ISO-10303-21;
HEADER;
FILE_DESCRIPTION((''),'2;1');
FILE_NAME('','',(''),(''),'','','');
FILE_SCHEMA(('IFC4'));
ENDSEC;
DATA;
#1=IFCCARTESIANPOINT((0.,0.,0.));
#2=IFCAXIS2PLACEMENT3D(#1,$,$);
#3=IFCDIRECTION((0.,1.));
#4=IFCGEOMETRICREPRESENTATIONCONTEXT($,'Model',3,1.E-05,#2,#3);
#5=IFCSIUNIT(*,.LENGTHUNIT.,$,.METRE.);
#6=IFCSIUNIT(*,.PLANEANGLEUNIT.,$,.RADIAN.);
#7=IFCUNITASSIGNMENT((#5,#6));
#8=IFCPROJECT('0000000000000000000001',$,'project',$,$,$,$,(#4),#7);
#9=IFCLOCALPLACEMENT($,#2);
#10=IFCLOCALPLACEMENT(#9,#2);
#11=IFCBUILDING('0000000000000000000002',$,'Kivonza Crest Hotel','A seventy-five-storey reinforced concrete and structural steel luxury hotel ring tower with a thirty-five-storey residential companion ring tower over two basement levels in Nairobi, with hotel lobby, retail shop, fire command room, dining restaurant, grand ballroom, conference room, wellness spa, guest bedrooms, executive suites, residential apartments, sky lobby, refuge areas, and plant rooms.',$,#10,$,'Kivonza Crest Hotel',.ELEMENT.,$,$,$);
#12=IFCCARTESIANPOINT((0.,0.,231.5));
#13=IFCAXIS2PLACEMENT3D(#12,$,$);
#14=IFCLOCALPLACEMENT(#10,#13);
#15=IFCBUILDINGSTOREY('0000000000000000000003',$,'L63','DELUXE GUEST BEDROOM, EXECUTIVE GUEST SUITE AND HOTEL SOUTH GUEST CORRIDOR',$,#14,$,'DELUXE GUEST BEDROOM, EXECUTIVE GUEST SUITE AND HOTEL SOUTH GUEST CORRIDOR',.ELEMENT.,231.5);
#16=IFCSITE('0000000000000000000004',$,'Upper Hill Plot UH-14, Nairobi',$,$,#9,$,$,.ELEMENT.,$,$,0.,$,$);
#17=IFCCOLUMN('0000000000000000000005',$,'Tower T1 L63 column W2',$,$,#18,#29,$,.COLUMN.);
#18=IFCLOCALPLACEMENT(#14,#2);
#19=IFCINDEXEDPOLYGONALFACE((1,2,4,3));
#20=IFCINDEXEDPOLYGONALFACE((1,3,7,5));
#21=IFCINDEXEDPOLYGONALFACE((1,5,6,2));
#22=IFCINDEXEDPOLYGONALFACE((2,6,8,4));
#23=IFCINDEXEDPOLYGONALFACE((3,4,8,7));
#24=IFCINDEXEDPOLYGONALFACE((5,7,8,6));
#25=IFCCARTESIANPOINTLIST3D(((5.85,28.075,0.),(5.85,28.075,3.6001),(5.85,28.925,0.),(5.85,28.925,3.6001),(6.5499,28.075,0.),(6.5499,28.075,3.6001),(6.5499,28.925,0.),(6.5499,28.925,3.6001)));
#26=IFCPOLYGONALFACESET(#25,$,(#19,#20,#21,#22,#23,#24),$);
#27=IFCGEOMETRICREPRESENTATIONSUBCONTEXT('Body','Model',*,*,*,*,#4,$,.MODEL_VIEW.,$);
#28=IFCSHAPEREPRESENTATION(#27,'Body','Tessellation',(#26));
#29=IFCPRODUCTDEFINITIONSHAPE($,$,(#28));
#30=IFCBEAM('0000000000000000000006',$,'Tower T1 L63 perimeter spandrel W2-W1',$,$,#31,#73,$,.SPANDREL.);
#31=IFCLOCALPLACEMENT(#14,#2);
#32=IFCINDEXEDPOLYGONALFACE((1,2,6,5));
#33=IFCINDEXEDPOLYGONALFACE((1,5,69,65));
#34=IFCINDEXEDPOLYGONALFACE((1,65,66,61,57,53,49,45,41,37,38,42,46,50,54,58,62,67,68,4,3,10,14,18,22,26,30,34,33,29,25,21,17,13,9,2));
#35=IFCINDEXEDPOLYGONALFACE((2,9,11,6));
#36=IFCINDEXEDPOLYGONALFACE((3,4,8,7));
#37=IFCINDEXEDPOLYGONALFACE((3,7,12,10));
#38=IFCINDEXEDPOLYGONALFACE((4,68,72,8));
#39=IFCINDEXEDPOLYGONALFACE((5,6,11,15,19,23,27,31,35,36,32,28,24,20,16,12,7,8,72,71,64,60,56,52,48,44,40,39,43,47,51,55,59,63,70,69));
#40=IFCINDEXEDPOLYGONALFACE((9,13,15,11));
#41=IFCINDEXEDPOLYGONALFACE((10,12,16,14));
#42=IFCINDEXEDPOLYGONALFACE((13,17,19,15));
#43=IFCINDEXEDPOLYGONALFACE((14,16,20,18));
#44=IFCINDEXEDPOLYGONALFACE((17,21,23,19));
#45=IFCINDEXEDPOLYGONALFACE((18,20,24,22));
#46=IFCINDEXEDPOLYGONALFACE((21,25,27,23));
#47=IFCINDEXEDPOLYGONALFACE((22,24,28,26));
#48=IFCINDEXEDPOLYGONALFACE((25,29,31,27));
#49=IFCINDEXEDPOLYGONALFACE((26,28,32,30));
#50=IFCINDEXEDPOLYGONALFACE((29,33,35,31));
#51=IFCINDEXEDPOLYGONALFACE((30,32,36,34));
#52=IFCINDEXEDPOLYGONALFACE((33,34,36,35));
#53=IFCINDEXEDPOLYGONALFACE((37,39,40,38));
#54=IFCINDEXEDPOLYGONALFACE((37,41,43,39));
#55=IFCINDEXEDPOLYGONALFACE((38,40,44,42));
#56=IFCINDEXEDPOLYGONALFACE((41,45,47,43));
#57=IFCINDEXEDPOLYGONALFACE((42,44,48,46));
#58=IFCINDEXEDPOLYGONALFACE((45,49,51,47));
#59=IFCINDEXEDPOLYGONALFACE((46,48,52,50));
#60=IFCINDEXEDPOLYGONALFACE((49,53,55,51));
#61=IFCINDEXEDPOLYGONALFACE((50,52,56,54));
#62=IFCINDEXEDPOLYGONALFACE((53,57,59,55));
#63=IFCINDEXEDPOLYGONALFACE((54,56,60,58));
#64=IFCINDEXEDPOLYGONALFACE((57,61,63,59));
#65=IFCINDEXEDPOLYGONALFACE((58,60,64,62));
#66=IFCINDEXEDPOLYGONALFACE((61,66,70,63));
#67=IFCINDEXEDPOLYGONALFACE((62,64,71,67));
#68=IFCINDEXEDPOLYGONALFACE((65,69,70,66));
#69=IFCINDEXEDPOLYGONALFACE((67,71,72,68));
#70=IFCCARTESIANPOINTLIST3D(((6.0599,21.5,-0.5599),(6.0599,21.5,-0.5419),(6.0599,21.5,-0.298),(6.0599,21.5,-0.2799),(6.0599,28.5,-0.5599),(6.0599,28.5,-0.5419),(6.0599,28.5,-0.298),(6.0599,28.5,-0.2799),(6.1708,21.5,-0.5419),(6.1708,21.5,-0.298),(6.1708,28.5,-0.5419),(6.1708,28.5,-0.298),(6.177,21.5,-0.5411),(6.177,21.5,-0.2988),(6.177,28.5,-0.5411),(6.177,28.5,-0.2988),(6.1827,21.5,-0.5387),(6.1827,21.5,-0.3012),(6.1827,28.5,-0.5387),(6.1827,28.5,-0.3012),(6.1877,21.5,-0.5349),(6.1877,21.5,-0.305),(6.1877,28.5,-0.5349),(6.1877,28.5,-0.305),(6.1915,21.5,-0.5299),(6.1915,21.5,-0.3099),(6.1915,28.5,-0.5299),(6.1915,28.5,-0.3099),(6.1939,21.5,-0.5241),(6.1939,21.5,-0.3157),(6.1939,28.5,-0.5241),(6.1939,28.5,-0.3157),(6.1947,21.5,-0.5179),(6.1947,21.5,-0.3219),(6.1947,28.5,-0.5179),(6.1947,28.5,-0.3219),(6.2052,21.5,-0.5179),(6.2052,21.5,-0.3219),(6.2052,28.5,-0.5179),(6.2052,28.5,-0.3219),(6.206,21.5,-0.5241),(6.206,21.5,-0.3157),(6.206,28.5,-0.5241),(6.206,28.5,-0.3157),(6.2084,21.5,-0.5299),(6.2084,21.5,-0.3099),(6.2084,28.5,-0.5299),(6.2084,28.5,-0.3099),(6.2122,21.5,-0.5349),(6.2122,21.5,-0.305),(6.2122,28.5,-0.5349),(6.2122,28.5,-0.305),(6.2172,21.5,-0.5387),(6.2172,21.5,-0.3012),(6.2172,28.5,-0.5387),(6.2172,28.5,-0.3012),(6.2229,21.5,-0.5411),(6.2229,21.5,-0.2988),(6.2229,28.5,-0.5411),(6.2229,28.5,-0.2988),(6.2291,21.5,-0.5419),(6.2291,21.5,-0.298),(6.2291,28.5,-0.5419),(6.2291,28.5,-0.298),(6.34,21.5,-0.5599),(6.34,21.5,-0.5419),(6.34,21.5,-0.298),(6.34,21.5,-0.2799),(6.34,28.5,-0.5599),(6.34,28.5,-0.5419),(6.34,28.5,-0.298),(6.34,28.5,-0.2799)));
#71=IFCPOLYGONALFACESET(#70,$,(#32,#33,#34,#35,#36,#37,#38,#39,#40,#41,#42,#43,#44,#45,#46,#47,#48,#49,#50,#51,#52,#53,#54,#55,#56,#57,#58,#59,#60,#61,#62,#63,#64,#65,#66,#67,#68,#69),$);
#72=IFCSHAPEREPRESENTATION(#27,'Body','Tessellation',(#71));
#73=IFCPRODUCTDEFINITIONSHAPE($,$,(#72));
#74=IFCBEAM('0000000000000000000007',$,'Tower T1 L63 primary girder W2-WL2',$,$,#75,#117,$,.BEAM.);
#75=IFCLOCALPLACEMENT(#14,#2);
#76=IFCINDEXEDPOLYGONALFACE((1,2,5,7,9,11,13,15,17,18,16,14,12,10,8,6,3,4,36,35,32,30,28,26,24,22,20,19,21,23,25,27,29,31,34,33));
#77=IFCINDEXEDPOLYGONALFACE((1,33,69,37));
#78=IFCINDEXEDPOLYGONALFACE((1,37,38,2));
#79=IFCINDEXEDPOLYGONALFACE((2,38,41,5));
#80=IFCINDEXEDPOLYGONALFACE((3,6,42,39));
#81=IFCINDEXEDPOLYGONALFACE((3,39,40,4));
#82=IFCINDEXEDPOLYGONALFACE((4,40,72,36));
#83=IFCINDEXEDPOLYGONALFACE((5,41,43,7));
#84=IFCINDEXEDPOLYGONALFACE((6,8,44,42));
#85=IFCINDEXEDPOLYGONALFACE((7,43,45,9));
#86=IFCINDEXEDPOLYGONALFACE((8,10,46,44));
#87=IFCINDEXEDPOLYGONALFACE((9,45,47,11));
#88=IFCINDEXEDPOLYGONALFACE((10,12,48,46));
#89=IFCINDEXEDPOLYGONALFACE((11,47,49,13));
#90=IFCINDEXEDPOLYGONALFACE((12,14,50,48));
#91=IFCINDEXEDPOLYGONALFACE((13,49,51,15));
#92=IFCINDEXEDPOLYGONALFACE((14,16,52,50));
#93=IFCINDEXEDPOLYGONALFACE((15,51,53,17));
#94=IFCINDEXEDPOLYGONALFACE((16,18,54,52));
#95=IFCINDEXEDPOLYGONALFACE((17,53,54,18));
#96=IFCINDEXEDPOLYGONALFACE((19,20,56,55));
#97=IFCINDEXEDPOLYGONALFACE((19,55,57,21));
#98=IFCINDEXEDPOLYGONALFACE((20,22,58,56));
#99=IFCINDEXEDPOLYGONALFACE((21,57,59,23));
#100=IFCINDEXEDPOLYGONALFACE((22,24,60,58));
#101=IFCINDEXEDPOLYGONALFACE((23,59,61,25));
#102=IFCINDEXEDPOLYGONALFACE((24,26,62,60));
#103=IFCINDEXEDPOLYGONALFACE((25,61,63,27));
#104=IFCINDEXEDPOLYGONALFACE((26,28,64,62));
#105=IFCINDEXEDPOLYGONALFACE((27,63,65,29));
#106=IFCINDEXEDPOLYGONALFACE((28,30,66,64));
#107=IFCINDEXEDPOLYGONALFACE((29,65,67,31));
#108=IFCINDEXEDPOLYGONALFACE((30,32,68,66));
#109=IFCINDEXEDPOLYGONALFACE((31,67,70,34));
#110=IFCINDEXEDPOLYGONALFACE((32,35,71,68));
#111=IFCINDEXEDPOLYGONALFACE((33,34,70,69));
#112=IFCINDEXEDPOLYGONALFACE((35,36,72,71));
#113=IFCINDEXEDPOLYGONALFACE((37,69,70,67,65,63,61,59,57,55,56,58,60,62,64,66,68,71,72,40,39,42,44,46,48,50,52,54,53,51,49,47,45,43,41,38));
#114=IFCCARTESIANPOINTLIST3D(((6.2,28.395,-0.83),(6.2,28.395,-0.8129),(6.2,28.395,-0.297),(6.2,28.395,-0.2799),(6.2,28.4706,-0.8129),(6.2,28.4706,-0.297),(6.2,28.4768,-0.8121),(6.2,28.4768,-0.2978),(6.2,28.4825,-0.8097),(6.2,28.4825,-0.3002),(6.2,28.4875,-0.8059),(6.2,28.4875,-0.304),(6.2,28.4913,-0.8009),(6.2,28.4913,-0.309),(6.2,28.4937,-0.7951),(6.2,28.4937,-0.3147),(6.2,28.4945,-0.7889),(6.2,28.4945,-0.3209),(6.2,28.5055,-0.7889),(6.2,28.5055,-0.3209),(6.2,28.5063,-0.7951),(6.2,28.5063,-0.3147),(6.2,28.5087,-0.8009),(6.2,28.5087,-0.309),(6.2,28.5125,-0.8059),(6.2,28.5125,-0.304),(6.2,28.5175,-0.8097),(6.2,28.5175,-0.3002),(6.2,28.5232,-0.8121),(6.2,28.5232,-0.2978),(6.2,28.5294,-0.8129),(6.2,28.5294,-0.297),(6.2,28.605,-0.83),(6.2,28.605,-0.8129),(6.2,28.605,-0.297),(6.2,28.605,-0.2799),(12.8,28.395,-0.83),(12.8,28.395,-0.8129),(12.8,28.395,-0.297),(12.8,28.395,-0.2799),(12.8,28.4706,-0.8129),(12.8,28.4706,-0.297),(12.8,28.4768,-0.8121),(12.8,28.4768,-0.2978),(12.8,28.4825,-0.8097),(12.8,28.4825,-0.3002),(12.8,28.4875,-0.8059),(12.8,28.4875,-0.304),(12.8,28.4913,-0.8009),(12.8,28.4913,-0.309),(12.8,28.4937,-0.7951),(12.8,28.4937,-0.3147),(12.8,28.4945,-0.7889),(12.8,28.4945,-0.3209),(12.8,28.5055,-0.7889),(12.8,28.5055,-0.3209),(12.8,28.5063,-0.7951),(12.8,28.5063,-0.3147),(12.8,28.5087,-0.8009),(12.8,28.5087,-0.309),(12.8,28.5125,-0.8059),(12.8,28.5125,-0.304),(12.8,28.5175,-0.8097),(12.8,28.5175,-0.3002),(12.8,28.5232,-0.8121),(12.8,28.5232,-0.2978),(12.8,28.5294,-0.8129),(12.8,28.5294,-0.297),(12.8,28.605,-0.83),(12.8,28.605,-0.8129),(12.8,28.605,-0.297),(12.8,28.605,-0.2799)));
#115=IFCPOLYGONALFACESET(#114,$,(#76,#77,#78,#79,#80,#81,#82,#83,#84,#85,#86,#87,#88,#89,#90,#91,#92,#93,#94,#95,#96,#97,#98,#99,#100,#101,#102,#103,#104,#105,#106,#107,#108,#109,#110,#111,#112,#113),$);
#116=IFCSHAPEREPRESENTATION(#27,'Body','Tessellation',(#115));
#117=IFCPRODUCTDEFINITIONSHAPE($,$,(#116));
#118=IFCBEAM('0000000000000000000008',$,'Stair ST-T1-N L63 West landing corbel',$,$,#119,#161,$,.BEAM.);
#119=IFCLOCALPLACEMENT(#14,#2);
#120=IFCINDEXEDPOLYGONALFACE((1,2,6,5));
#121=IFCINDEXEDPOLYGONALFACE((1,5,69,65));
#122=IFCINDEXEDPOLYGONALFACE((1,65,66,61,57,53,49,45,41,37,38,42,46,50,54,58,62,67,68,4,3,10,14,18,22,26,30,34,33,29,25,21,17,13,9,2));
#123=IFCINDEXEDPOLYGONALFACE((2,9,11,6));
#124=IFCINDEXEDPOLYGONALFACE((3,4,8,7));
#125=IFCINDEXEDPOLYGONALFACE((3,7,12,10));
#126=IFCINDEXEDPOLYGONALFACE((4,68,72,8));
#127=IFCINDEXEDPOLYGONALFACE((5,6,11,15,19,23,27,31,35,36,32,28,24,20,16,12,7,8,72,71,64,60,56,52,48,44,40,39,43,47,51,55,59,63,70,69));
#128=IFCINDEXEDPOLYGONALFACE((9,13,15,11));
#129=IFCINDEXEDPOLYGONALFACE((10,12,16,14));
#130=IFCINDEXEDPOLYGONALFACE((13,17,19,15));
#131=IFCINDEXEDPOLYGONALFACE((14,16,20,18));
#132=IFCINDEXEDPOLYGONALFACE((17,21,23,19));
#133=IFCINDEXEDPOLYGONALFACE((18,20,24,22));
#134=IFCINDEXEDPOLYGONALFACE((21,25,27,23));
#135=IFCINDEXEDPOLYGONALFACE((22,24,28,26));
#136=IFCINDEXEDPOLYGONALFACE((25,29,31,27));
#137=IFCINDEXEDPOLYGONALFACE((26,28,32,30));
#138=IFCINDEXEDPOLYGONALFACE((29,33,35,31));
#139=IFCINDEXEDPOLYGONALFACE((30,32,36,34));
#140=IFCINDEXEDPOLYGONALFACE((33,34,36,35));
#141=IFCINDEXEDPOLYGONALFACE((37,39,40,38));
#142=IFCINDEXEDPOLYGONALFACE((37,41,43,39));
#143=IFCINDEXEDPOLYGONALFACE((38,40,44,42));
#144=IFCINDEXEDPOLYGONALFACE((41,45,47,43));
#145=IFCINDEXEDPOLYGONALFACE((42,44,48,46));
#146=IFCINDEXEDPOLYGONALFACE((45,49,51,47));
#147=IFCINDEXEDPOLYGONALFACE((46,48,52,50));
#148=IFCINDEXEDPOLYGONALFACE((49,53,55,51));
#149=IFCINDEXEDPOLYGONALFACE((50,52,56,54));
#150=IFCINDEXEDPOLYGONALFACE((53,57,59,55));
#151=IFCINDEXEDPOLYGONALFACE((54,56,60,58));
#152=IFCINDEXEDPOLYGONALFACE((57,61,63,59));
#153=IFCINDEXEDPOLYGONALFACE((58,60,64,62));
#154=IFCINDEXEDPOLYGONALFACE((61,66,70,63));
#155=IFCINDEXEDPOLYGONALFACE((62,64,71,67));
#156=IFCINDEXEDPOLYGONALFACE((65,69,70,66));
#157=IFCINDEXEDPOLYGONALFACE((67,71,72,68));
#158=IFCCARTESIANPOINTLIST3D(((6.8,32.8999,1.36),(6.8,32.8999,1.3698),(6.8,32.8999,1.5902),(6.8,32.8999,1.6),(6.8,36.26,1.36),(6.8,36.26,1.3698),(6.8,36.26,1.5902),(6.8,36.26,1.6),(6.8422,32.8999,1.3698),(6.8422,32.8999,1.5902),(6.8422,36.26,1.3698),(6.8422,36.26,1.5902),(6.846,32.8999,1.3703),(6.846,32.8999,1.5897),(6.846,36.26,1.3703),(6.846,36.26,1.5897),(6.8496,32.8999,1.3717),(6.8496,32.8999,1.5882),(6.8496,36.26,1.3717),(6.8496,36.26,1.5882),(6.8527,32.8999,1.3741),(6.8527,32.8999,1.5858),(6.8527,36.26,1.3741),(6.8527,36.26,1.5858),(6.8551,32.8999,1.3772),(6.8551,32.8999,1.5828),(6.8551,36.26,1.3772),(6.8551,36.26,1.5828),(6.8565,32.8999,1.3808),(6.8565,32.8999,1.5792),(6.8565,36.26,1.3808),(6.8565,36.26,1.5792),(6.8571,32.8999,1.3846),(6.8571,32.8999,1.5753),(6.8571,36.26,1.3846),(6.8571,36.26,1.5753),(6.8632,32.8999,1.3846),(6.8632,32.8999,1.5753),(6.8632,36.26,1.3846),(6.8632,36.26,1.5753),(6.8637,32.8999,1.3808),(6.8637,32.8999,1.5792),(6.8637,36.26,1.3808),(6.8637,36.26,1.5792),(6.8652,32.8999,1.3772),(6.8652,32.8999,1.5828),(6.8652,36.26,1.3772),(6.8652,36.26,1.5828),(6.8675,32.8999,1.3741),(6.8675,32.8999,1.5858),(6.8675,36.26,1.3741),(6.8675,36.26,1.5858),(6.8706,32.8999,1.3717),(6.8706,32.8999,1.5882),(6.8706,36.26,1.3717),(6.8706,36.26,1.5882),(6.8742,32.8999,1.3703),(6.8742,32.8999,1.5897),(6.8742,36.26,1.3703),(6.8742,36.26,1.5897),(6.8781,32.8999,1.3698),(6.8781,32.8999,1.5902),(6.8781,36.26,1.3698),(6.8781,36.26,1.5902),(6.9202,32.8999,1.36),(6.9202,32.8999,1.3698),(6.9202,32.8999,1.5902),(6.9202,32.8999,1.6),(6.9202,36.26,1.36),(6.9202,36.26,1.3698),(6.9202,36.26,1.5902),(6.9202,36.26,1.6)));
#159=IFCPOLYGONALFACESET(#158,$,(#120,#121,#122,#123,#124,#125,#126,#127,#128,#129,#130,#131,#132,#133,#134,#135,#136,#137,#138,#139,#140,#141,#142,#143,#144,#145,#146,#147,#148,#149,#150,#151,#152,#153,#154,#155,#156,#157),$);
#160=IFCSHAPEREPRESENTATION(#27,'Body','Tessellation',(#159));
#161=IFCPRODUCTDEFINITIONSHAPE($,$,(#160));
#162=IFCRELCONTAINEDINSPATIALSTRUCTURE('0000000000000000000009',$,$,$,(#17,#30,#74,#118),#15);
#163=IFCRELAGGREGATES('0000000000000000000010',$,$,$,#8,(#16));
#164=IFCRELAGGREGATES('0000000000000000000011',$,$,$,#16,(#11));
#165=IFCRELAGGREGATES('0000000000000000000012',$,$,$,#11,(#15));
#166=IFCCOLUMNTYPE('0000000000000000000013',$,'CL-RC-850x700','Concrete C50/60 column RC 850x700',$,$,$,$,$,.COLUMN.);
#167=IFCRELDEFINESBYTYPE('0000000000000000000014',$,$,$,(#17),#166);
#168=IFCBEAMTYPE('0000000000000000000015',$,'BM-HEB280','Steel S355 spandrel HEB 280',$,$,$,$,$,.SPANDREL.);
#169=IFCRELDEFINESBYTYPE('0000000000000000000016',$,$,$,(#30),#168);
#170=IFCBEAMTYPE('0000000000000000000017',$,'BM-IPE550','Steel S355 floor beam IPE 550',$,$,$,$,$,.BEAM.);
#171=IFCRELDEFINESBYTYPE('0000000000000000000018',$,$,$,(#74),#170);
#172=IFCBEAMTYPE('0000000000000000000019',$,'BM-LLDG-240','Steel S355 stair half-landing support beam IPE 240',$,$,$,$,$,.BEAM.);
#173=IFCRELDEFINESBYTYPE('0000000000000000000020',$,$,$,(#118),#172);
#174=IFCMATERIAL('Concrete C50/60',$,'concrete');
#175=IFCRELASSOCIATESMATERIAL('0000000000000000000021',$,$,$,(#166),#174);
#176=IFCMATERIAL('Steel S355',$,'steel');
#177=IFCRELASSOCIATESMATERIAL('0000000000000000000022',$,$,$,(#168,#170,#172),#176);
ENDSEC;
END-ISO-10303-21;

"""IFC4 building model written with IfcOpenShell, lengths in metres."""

from ifc_helpers import new_model, si_unit, direction, frame, origin, origin_2d, place, context, subcontext, project, spatial, rectangle, i_section, extrude, material, material_profile, profile_set, type_object, element, save


model = new_model("IFC4")

# Units and contexts
model_context = context("Model", 3, precision=1e-05, world=origin(), true_north=direction((0.0, 1.0)))
body_context = subcontext(model_context, "Body", "Model", "MODEL_VIEW")
ifc_project = project(units=[si_unit("LENGTHUNIT", "METRE"), si_unit("PLANEANGLEUNIT", "RADIAN")], contexts=[model_context])

# Site, building, storey
site_placement = place(None, origin())
site = spatial("IfcSite", under=ifc_project, at=site_placement, Name="Upper Hill Plot UH-14, Nairobi", CompositionType="ELEMENT", RefElevation=0.0)
building_placement = place(site_placement, origin())
building = spatial("IfcBuilding", under=site, at=building_placement, Name="Kivonza Crest Hotel", Description="A seventy-five-storey reinforced concrete and structural steel luxury hotel ring tower with a thirty-five-storey residential companion ring tower over two basement levels in Nairobi, with hotel lobby, retail shop, fire command room, dining restaurant, grand ballroom, conference room, wellness spa, guest bedrooms, executive suites, residential apartments, sky lobby, refuge areas, and plant rooms.", LongName="Kivonza Crest Hotel", CompositionType="ELEMENT")
storey_placement = place(building_placement, frame((0.0, 0.0, 231.5)))
storey = spatial("IfcBuildingStorey", under=building, at=storey_placement, Name="L63", Description="DELUXE GUEST BEDROOM, EXECUTIVE GUEST SUITE AND HOTEL SOUTH GUEST CORRIDOR", LongName="DELUXE GUEST BEDROOM, EXECUTIVE GUEST SUITE AND HOTEL SOUTH GUEST CORRIDOR", CompositionType="ELEMENT", Elevation=231.5)

# Column
ifc_material_1 = material(Name="Concrete C50/60", Category="concrete")
ifc_material_profile_1 = material_profile(ifc_material_1, rectangle(XDim=0.7, YDim=0.8501, at=origin_2d()), Name="RC 850x700")
ifc_profile_set_1 = profile_set([ifc_material_profile_1], Name="Concrete C50/60")
column_type = type_object("IfcColumnType", Name="CL-RC-850x700", Description="Concrete C50/60 column RC 850x700", PredefinedType="COLUMN", material=ifc_profile_set_1)
column_placement = place(storey_placement, frame((6.2, 28.5, 0.0), z_axis=(0.0, 0.0, 1.0), x_axis=(1.0, 0.0, 0.0)))
element("IfcColumn", 1, at=column_placement, inside=storey, type_object=column_type, Name="Tower T1 L63 column W2", PredefinedType="COLUMN", context=body_context, shape_type="SweptSolid", body=[
    extrude(rectangle(XDim=0.7, YDim=0.8501, at=origin_2d()), origin(), (0.0, 0.0, 1.0), 3.6001),
])

# Beams
ifc_material_2 = material(Name="Steel S355", Category="steel")
ifc_material_profile_2 = material_profile(ifc_material_2, i_section(OverallWidth=0.28, OverallDepth=0.28, WebThickness=0.0105, FlangeThickness=0.0181, FilletRadius=0.0239, at=origin_2d()), Name="HEB 280")
ifc_profile_set_2 = profile_set([ifc_material_profile_2], Name="Steel S355")
beam_type_1 = type_object("IfcBeamType", Name="BM-HEB280", Description="Steel S355 spandrel HEB 280", PredefinedType="SPANDREL", material=ifc_profile_set_2)
beam_1_placement = place(storey_placement, frame((6.2, 28.5, -0.4199), z_axis=(0.0, -1.0, 0.0), x_axis=(1.0, 0.0, 0.0)))
element("IfcBeam", 2, at=beam_1_placement, inside=storey, type_object=beam_type_1, Name="Tower T1 L63 perimeter spandrel W2-W1", PredefinedType="SPANDREL", context=body_context, shape_type="SweptSolid", body=[
    extrude(i_section(OverallWidth=0.28, OverallDepth=0.28, WebThickness=0.0105, FlangeThickness=0.0181, FilletRadius=0.0239, at=origin_2d()), origin(), (0.0, 0.0, 1.0), 7.0),
])
ifc_material_profile_3 = material_profile(ifc_material_2, i_section(OverallWidth=0.21, OverallDepth=0.55, WebThickness=0.011, FlangeThickness=0.0171, FilletRadius=0.0239, at=origin_2d()), Name="IPE 550")
ifc_profile_set_3 = profile_set([ifc_material_profile_3], Name="Steel S355")
beam_type_2 = type_object("IfcBeamType", Name="BM-IPE550", Description="Steel S355 floor beam IPE 550", PredefinedType="BEAM", material=ifc_profile_set_3)
beam_2_placement = place(storey_placement, frame((6.2, 28.5, -0.5549), z_axis=(1.0, 0.0, 0.0), x_axis=(0.0, 1.0, 0.0)))
element("IfcBeam", 3, at=beam_2_placement, inside=storey, type_object=beam_type_2, Name="Tower T1 L63 primary girder W2-WL2", PredefinedType="BEAM", context=body_context, shape_type="SweptSolid", body=[
    extrude(i_section(OverallWidth=0.21, OverallDepth=0.55, WebThickness=0.011, FlangeThickness=0.0171, FilletRadius=0.0239, at=origin_2d()), origin(), (0.0, 0.0, 1.0), 6.6001),
])
ifc_material_profile_4 = material_profile(ifc_material_2, i_section(OverallWidth=0.1201, OverallDepth=0.24, WebThickness=0.0061, FlangeThickness=0.0098, FilletRadius=0.0149, at=origin_2d()), Name="IPE 240")
ifc_profile_set_4 = profile_set([ifc_material_profile_4], Name="Steel S355")
beam_type_3 = type_object("IfcBeamType", Name="BM-LLDG-240", Description="Steel S355 stair half-landing support beam IPE 240", PredefinedType="BEAM", material=ifc_profile_set_4)
beam_3_placement = place(storey_placement, frame((6.8601, 32.8999, 1.48), z_axis=(0.0, 1.0, 0.0), x_axis=(-1.0, 0.0, 0.0)))
element("IfcBeam", 4, at=beam_3_placement, inside=storey, type_object=beam_type_3, Name="Stair ST-T1-N L63 West landing corbel", PredefinedType="BEAM", context=body_context, shape_type="SweptSolid", body=[
    extrude(i_section(OverallWidth=0.1201, OverallDepth=0.24, WebThickness=0.0061, FlangeThickness=0.0098, FilletRadius=0.0149, at=origin_2d()), origin(), (0.0, 0.0, 1.0), 3.3601),
])

save(model, "model.ifc")
